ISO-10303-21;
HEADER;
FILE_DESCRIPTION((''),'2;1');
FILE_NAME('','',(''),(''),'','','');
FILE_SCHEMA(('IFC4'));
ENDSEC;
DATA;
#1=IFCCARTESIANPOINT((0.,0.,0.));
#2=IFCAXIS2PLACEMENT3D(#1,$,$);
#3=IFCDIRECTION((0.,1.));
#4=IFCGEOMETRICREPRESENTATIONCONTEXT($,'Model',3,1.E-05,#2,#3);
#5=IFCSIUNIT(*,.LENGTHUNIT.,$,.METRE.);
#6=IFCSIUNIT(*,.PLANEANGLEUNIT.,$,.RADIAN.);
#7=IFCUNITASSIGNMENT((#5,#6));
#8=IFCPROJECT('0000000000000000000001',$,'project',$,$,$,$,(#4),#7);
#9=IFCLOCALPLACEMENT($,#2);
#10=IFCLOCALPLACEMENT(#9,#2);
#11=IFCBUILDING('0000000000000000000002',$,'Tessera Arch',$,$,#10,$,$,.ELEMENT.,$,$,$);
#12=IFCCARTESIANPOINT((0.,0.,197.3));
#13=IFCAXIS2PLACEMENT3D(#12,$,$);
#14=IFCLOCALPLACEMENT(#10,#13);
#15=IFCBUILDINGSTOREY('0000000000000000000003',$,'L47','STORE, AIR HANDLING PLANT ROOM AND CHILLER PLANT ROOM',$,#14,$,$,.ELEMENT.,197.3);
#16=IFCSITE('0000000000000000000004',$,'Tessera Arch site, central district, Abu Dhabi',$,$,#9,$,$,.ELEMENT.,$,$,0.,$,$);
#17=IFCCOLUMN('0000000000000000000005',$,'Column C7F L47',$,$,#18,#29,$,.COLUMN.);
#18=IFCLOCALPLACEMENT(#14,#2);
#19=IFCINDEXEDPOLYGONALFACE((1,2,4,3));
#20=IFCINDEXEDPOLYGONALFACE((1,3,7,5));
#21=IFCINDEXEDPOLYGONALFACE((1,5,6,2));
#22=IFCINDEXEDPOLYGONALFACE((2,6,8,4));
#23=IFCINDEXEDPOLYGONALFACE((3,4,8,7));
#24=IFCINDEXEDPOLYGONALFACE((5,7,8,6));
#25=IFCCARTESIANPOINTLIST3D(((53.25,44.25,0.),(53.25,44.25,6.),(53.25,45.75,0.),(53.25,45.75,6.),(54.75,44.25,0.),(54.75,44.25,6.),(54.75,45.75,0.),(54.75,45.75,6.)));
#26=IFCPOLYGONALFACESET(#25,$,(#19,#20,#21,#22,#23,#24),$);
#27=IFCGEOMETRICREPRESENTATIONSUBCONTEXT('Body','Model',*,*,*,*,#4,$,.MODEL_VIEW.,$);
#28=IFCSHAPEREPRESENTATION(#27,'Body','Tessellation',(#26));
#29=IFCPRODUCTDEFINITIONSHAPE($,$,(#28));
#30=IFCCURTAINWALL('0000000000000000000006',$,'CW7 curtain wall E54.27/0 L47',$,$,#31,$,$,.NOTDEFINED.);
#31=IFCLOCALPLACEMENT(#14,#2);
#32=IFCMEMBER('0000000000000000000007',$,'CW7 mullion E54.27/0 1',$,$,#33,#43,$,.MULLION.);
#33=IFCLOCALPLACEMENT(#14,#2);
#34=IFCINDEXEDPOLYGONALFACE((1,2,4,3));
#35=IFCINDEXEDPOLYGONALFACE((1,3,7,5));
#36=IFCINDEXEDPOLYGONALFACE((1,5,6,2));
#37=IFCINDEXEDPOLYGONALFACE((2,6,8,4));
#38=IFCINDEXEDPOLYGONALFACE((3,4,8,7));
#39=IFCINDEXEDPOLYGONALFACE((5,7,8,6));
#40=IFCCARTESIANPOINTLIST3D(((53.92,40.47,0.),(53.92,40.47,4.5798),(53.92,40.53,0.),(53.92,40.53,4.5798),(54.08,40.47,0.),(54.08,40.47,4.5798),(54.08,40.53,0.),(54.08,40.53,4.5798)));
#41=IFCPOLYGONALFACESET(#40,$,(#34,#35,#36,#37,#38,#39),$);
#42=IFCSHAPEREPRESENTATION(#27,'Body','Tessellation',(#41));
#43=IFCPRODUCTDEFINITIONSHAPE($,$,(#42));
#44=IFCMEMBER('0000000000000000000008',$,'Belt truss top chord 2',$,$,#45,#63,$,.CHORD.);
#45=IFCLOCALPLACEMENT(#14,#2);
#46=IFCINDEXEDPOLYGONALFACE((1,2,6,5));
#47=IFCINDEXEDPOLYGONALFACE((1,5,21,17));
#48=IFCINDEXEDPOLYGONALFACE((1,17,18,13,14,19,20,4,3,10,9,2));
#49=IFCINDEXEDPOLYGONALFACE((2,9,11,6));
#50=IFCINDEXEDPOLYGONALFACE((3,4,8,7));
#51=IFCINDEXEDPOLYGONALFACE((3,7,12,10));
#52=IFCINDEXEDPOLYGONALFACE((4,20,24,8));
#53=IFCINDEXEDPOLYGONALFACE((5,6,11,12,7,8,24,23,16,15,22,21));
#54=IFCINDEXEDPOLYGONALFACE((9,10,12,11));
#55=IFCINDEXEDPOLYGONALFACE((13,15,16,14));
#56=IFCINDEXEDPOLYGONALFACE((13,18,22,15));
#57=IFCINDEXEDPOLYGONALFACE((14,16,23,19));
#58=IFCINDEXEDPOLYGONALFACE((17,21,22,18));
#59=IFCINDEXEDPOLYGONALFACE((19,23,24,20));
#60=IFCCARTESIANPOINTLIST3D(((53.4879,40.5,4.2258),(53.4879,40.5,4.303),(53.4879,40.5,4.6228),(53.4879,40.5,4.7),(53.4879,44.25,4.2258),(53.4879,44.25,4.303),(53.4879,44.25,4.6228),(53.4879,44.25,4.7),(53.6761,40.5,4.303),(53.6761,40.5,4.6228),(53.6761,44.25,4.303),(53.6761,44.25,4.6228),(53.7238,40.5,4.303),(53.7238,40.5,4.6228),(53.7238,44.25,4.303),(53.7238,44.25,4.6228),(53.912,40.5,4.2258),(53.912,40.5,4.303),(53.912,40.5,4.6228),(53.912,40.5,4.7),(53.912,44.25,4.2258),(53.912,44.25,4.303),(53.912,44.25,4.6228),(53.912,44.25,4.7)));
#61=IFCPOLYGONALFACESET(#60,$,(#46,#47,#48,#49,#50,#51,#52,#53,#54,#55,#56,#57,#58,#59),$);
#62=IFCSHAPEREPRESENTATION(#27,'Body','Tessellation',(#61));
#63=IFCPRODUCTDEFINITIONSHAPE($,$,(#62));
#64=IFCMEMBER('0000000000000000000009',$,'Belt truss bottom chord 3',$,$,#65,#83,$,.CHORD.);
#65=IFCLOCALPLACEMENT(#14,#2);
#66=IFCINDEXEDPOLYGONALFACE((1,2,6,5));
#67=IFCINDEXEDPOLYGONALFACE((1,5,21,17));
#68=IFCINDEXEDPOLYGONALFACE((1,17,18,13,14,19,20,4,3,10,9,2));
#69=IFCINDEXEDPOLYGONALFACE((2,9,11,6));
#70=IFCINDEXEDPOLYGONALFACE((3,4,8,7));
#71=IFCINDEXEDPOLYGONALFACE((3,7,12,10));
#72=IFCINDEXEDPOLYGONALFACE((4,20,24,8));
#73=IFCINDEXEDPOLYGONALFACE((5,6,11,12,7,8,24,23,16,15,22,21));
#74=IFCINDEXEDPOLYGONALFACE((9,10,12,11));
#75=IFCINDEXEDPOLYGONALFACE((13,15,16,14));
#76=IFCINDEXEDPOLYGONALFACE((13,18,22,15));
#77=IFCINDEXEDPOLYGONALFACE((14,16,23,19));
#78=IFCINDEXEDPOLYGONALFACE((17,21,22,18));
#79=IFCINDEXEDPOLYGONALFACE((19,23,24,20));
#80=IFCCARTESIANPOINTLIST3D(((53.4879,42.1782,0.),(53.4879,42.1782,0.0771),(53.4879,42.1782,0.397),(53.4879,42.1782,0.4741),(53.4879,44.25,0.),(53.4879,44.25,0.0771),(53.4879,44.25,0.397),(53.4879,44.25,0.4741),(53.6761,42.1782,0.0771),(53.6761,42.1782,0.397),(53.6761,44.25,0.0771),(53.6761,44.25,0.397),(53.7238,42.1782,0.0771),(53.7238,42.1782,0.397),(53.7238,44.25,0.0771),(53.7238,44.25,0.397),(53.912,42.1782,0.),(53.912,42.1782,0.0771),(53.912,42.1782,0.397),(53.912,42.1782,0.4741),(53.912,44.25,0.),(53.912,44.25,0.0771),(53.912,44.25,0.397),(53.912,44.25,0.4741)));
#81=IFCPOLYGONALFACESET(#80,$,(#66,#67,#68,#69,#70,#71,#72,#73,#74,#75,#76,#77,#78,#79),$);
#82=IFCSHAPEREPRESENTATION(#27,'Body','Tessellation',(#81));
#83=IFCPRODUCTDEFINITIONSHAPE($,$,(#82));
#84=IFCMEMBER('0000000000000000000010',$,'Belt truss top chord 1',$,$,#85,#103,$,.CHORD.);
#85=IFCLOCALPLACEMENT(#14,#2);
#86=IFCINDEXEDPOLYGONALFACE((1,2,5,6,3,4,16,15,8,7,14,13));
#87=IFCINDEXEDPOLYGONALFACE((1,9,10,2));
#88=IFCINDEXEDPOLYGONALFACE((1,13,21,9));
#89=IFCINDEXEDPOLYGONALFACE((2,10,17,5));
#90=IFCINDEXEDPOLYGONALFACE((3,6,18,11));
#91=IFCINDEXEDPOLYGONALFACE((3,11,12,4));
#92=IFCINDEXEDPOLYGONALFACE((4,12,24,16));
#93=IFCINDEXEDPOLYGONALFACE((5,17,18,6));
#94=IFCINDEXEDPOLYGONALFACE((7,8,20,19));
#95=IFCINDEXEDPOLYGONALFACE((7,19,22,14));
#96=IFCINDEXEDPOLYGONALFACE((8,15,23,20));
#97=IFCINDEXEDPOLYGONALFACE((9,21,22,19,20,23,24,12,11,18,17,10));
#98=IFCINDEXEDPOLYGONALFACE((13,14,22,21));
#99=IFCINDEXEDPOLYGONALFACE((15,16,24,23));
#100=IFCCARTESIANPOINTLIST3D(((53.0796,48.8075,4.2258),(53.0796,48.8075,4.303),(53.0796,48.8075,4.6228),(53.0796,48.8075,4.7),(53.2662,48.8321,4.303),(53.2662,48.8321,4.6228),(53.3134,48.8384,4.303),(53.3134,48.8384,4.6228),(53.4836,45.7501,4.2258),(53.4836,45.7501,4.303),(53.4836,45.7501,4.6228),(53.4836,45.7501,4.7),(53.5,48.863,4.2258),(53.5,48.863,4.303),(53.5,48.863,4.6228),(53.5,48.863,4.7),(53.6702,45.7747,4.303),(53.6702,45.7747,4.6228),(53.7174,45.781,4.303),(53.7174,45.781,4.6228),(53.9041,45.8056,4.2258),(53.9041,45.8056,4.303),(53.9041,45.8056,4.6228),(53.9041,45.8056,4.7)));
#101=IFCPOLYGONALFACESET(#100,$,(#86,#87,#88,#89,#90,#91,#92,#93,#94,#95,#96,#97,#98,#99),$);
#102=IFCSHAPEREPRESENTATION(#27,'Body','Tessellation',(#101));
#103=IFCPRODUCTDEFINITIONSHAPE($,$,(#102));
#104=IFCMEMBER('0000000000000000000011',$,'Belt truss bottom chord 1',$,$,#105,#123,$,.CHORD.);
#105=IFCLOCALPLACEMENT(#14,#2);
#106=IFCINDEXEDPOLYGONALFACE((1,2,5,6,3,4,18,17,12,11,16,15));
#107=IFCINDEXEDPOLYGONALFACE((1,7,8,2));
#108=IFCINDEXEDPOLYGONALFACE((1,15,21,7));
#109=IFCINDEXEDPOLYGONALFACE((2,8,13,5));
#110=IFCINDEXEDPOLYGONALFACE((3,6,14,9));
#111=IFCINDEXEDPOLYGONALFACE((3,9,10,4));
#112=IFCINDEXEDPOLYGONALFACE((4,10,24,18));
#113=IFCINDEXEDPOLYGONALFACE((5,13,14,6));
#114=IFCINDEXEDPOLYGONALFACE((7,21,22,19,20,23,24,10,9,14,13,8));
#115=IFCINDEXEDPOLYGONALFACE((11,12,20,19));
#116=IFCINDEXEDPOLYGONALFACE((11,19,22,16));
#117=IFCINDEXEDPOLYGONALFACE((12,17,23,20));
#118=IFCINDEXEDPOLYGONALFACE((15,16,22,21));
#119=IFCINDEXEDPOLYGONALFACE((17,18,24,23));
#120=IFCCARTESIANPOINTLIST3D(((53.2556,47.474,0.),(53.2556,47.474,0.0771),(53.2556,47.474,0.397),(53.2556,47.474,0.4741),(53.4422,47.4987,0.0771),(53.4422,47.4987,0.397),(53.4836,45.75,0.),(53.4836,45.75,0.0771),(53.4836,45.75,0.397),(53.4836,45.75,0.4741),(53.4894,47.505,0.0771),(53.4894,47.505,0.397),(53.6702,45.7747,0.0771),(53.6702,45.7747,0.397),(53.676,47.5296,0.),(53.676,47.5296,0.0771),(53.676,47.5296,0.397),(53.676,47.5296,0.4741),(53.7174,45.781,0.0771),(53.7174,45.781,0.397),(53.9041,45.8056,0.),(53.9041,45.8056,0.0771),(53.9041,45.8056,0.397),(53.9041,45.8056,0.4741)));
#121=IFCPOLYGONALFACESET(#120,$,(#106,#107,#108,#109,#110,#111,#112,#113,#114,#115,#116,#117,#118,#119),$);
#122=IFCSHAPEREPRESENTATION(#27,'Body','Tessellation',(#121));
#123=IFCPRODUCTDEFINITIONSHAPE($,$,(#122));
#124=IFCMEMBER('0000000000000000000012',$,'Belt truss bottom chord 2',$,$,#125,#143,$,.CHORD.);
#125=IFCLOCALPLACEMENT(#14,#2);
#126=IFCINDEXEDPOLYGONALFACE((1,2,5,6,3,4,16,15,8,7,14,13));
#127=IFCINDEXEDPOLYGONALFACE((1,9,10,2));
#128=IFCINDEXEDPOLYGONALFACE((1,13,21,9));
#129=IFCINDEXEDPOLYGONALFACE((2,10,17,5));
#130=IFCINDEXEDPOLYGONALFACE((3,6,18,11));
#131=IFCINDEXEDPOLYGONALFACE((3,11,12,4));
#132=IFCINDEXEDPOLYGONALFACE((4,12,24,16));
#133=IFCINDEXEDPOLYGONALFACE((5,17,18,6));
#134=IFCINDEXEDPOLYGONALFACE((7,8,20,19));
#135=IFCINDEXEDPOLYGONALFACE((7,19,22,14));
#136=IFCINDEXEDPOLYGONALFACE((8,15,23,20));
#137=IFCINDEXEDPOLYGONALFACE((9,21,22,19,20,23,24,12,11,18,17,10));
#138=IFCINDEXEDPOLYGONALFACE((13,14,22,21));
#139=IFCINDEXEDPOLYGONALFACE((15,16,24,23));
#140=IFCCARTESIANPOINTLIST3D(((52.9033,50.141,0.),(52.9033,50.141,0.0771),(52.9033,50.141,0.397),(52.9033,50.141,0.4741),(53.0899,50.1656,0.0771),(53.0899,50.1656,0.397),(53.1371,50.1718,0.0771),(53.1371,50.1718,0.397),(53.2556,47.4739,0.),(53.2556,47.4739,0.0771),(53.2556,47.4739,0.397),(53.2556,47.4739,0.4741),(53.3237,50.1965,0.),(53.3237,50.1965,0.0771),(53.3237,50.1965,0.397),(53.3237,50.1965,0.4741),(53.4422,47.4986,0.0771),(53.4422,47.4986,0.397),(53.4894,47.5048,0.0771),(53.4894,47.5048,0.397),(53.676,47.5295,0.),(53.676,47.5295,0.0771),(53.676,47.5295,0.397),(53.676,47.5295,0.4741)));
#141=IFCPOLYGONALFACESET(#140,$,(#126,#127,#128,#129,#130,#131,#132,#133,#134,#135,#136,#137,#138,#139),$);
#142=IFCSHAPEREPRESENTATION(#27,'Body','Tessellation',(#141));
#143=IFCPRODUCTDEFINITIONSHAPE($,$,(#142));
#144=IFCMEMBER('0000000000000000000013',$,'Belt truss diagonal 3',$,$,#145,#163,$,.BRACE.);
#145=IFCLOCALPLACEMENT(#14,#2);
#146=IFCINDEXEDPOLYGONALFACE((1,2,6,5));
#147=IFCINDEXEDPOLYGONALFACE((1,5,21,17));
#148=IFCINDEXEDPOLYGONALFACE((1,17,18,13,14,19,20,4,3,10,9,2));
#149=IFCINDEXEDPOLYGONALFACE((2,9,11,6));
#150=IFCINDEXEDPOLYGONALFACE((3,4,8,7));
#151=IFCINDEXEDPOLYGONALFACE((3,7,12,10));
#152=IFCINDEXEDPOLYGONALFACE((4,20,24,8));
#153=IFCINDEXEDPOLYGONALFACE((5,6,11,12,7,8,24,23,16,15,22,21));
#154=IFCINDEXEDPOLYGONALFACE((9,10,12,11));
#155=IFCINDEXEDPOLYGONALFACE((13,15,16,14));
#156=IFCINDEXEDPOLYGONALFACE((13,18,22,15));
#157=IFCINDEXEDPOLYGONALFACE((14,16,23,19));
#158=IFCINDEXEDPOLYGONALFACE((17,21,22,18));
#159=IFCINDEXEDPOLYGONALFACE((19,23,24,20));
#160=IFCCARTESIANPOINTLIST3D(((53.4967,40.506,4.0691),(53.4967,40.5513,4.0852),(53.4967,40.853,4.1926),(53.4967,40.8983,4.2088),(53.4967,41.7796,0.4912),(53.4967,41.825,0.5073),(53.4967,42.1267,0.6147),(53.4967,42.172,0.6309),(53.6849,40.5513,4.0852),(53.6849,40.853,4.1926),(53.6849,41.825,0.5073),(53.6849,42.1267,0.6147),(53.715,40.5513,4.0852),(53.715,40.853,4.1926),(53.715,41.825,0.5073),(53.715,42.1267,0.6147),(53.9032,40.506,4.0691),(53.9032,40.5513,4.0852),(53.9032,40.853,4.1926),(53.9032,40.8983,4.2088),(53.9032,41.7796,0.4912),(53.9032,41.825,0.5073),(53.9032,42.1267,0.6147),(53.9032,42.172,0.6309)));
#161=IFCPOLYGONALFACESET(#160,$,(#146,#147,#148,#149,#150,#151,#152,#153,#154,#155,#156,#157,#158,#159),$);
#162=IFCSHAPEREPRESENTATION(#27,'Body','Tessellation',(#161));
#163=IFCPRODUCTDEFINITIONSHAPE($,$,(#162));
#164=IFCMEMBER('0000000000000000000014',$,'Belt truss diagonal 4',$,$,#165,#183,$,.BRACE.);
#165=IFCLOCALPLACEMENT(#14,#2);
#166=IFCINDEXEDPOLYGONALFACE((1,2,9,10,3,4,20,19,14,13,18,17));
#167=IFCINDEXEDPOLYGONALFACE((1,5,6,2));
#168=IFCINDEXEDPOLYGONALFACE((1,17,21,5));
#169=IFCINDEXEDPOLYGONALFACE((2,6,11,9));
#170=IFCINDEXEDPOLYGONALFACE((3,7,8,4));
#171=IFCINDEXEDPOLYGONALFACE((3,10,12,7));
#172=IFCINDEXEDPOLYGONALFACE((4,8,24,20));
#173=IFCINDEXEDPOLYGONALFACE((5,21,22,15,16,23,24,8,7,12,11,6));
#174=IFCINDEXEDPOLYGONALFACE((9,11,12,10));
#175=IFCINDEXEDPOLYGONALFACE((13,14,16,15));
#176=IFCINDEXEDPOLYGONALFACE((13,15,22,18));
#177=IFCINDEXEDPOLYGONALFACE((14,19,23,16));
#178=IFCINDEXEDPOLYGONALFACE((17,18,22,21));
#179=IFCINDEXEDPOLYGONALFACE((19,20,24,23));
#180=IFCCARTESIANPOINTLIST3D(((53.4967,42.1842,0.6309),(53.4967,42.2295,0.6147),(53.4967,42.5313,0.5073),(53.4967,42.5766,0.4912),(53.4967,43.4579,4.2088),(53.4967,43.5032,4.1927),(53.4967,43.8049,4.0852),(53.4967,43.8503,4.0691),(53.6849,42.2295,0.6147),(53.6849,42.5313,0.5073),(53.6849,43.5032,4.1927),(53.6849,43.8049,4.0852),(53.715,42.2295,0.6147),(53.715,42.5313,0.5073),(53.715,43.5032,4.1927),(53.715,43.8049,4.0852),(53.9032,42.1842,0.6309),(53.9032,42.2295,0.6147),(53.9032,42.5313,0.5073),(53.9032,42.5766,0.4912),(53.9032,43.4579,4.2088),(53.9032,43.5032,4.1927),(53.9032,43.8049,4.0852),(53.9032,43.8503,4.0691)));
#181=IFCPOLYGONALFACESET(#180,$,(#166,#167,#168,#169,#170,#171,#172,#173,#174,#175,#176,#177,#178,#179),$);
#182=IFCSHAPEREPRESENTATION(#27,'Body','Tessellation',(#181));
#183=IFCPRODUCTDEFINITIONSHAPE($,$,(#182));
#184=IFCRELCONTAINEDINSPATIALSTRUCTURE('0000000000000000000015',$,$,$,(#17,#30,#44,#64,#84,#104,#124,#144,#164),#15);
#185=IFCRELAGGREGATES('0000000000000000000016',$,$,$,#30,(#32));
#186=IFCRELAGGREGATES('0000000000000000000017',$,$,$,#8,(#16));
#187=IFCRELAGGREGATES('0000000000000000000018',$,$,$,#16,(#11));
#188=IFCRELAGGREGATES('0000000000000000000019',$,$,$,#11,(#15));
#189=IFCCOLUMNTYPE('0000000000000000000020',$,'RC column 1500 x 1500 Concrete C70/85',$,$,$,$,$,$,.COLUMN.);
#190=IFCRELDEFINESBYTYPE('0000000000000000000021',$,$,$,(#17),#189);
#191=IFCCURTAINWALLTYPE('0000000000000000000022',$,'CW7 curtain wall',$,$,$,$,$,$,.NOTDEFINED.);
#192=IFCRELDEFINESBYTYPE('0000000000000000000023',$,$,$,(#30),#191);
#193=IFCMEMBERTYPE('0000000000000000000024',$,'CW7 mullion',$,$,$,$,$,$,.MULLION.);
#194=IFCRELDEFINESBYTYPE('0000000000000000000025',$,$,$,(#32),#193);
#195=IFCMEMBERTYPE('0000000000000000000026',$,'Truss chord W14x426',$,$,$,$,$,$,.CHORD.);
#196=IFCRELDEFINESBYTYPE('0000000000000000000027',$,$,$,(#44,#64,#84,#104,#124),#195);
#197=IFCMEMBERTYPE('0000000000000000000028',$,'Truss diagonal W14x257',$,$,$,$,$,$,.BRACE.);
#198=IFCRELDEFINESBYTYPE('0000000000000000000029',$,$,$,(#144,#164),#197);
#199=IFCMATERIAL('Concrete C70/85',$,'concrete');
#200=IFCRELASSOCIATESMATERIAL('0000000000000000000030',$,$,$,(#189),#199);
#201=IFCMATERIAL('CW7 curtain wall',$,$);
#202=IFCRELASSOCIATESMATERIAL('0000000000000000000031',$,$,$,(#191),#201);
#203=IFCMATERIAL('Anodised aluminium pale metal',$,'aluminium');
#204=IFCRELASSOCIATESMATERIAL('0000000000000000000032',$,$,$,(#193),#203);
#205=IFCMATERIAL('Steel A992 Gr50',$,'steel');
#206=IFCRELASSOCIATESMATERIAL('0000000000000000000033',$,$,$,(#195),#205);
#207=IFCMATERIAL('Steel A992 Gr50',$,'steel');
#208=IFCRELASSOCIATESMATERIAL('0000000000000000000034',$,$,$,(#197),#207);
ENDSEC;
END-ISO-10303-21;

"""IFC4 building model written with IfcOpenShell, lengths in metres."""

from ifc_helpers import new_model, si_unit, direction, frame, origin, origin_2d, place, context, subcontext, project, spatial, rectangle, i_section, extrude, material, material_profile, profile_set, type_object, element, aggregate, save


model = new_model("IFC4")

# Units and contexts
model_context = context("Model", 3, precision=1e-05, world=origin(), true_north=direction((0.0, 1.0)))
body_context = subcontext(model_context, "Body", "Model", "MODEL_VIEW")
ifc_project = project(units=[si_unit("LENGTHUNIT", "METRE"), si_unit("PLANEANGLEUNIT", "RADIAN")], contexts=[model_context])

# Site, building, storey
site_placement = place(None, origin())
site = spatial("IfcSite", under=ifc_project, at=site_placement, Name="Tessera Arch site, central district, Abu Dhabi", CompositionType="ELEMENT", RefElevation=0.0)
building_placement = place(site_placement, origin())
building = spatial("IfcBuilding", under=site, at=building_placement, Name="Tessera Arch", CompositionType="ELEMENT")
storey_placement = place(building_placement, frame((0.0, 0.0, 197.3)))
storey = spatial("IfcBuildingStorey", under=building, at=storey_placement, Name="L47", Description="STORE, AIR HANDLING PLANT ROOM AND CHILLER PLANT ROOM", CompositionType="ELEMENT", Elevation=197.3)

# Column
ifc_material_1 = material(Name="Concrete C70/85", Category="concrete")
ifc_material_profile_1 = material_profile(ifc_material_1, rectangle(XDim=1.5, YDim=1.5, at=origin_2d()), Name="RC column 1500 x 1500 Concrete C70/85")
ifc_profile_set_1 = profile_set([ifc_material_profile_1], Name="Concrete C70/85")
column_type = type_object("IfcColumnType", Name="RC column 1500 x 1500 Concrete C70/85", PredefinedType="COLUMN", material=ifc_profile_set_1)
column_placement = place(storey_placement, frame((54.0, 45.0, 0.0), z_axis=(0.0, 0.0, 1.0), x_axis=(1.0, 0.0, 0.0)))
element("IfcColumn", 1, at=column_placement, inside=storey, type_object=column_type, Name="Column C7F L47", PredefinedType="COLUMN", context=body_context, shape_type="SweptSolid", body=[
    extrude(rectangle(XDim=1.5, YDim=1.5, at=origin_2d()), origin(), (0.0, 0.0, 1.0), 6.0),
])

# Curtain wall, member
ifc_material_2 = material(Name="CW7 curtain wall")
curtain_wall_type = type_object("IfcCurtainWallType", Name="CW7 curtain wall", PredefinedType="NOTDEFINED", material=ifc_material_2)
curtain_wall_1_placement = place(storey_placement, origin())
curtain_wall_1 = element("IfcCurtainWall", 2, at=curtain_wall_1_placement, inside=storey, type_object=curtain_wall_type, Name="CW7 curtain wall E54.27/0 L47", PredefinedType="NOTDEFINED")
ifc_material_3 = material(Name="Anodised aluminium pale metal", Category="aluminium")
ifc_material_profile_2 = material_profile(ifc_material_3, rectangle(XDim=0.1599, YDim=0.0601, at=origin_2d()), Name="AL 60x160")
ifc_profile_set_2 = profile_set([ifc_material_profile_2], Name="Anodised aluminium pale metal")
member_type_1 = type_object("IfcMemberType", Name="CW7 mullion", PredefinedType="MULLION", material=ifc_profile_set_2)
member_1_placement = place(storey_placement, frame((54.0, 40.5, 0.0), z_axis=(0.0, 0.0, 1.0), x_axis=(-1.0, 0.0, 0.0)))
member_1 = element("IfcMember", 3, at=member_1_placement, type_object=member_type_1, Name="CW7 mullion E54.27/0 1", PredefinedType="MULLION", context=body_context, shape_type="SweptSolid", body=[
    extrude(rectangle(XDim=0.1599, YDim=0.0601, at=origin_2d()), origin(), (0.0, 0.0, 1.0), 4.5798),
])

# Members
ifc_material_4 = material(Name="Steel A992 Gr50", Category="steel")
ifc_material_profile_3 = material_profile(ifc_material_4, i_section(OverallWidth=0.4241, OverallDepth=0.4741, WebThickness=0.0476, FlangeThickness=0.0771, at=origin_2d()), Name="W14x426")
ifc_profile_set_3 = profile_set([ifc_material_profile_3], Name="Steel A992 Gr50")
member_type_2 = type_object("IfcMemberType", Name="Truss chord W14x426", PredefinedType="CHORD", material=ifc_profile_set_3)
member_2_placement = place(storey_placement, frame((53.7, 40.5, 4.4629), z_axis=(0.0, 1.0, 0.0), x_axis=(-1.0, 0.0, 0.0)))
element("IfcMember", 4, at=member_2_placement, inside=storey, type_object=member_type_2, Name="Belt truss top chord 2", PredefinedType="CHORD", context=body_context, shape_type="SweptSolid", body=[
    extrude(i_section(OverallWidth=0.4241, OverallDepth=0.4741, WebThickness=0.0476, FlangeThickness=0.0771, at=origin_2d()), origin(), (0.0, 0.0, 1.0), 3.75),
])
member_3_placement = place(storey_placement, frame((53.7, 42.1782, 0.2371), z_axis=(0.0, 1.0, 0.0), x_axis=(-1.0, 0.0, 0.0)))
element("IfcMember", 5, at=member_3_placement, inside=storey, type_object=member_type_2, Name="Belt truss bottom chord 3", PredefinedType="CHORD", context=body_context, shape_type="SweptSolid", body=[
    extrude(i_section(OverallWidth=0.4241, OverallDepth=0.4741, WebThickness=0.0476, FlangeThickness=0.0771, at=origin_2d()), origin(), (0.0, 0.0, 1.0), 2.0718),
])
member_4_placement = place(storey_placement, frame((53.6938, 45.7778, 4.4629), z_axis=(-0.131018, 0.99138, 0.0), x_axis=(-0.99138, -0.131018, 0.0)))
element("IfcMember", 6, at=member_4_placement, inside=storey, type_object=member_type_2, Name="Belt truss top chord 1", PredefinedType="CHORD", context=body_context, shape_type="SweptSolid", body=[
    extrude(i_section(OverallWidth=0.4241, OverallDepth=0.4741, WebThickness=0.0476, FlangeThickness=0.0771, at=origin_2d()), origin(), (0.0, 0.0, 1.0), 3.084),
])
member_5_placement = place(storey_placement, frame((53.6938, 45.7778, 0.2371), z_axis=(-0.131134, 0.991365, 0.0), x_axis=(-0.991365, -0.131134, 0.0)))
element("IfcMember", 7, at=member_5_placement, inside=storey, type_object=member_type_2, Name="Belt truss bottom chord 1", PredefinedType="CHORD", context=body_context, shape_type="SweptSolid", body=[
    extrude(i_section(OverallWidth=0.4241, OverallDepth=0.4741, WebThickness=0.0476, FlangeThickness=0.0771, at=origin_2d()), origin(), (0.0, 0.0, 1.0), 1.739),
])
member_6_placement = place(storey_placement, frame((53.4658, 47.5017, 0.2371), z_axis=(-0.130957, 0.991388, 0.0), x_axis=(-0.991388, -0.130957, 0.0)))
element("IfcMember", 8, at=member_6_placement, inside=storey, type_object=member_type_2, Name="Belt truss bottom chord 2", PredefinedType="CHORD", context=body_context, shape_type="SweptSolid", body=[
    extrude(i_section(OverallWidth=0.4241, OverallDepth=0.4741, WebThickness=0.0476, FlangeThickness=0.0771, at=origin_2d()), origin(), (0.0, 0.0, 1.0), 2.6902),
])
ifc_material_5 = material(Name="Steel A992 Gr50", Category="steel")
ifc_material_profile_4 = material_profile(ifc_material_5, i_section(OverallWidth=0.4065, OverallDepth=0.4165, WebThickness=0.03, FlangeThickness=0.0481, at=origin_2d()), Name="W14x257")
ifc_profile_set_4 = profile_set([ifc_material_profile_4], Name="Steel A992 Gr50")
member_type_3 = type_object("IfcMemberType", Name="Truss diagonal W14x257", PredefinedType="BRACE", material=ifc_profile_set_4)
for number, where, z_axis, x_axis, name in (
    (9, (53.7, 40.7021, 4.1389), (0.0, 0.335371, -0.942086), (-1.0, 0.0, 0.0), "Belt truss diagonal 3"),
    (10, (53.7, 42.3804, 0.561), (0.0, 0.335371, 0.942086), (-1.0, 0.0, 0.0), "Belt truss diagonal 4"),
):
    element("IfcMember", number, at=place(storey_placement, frame(where, z_axis=z_axis, x_axis=x_axis)), inside=storey, type_object=member_type_3, Name=name, PredefinedType="BRACE", context=body_context, shape_type="SweptSolid", body=[
        extrude(i_section(OverallWidth=0.4065, OverallDepth=0.4165, WebThickness=0.03, FlangeThickness=0.0481, at=origin_2d()), origin(), (0.0, 0.0, 1.0), 3.7979),
    ])

aggregate(curtain_wall_1, [member_1])

save(model, "model.ifc")
